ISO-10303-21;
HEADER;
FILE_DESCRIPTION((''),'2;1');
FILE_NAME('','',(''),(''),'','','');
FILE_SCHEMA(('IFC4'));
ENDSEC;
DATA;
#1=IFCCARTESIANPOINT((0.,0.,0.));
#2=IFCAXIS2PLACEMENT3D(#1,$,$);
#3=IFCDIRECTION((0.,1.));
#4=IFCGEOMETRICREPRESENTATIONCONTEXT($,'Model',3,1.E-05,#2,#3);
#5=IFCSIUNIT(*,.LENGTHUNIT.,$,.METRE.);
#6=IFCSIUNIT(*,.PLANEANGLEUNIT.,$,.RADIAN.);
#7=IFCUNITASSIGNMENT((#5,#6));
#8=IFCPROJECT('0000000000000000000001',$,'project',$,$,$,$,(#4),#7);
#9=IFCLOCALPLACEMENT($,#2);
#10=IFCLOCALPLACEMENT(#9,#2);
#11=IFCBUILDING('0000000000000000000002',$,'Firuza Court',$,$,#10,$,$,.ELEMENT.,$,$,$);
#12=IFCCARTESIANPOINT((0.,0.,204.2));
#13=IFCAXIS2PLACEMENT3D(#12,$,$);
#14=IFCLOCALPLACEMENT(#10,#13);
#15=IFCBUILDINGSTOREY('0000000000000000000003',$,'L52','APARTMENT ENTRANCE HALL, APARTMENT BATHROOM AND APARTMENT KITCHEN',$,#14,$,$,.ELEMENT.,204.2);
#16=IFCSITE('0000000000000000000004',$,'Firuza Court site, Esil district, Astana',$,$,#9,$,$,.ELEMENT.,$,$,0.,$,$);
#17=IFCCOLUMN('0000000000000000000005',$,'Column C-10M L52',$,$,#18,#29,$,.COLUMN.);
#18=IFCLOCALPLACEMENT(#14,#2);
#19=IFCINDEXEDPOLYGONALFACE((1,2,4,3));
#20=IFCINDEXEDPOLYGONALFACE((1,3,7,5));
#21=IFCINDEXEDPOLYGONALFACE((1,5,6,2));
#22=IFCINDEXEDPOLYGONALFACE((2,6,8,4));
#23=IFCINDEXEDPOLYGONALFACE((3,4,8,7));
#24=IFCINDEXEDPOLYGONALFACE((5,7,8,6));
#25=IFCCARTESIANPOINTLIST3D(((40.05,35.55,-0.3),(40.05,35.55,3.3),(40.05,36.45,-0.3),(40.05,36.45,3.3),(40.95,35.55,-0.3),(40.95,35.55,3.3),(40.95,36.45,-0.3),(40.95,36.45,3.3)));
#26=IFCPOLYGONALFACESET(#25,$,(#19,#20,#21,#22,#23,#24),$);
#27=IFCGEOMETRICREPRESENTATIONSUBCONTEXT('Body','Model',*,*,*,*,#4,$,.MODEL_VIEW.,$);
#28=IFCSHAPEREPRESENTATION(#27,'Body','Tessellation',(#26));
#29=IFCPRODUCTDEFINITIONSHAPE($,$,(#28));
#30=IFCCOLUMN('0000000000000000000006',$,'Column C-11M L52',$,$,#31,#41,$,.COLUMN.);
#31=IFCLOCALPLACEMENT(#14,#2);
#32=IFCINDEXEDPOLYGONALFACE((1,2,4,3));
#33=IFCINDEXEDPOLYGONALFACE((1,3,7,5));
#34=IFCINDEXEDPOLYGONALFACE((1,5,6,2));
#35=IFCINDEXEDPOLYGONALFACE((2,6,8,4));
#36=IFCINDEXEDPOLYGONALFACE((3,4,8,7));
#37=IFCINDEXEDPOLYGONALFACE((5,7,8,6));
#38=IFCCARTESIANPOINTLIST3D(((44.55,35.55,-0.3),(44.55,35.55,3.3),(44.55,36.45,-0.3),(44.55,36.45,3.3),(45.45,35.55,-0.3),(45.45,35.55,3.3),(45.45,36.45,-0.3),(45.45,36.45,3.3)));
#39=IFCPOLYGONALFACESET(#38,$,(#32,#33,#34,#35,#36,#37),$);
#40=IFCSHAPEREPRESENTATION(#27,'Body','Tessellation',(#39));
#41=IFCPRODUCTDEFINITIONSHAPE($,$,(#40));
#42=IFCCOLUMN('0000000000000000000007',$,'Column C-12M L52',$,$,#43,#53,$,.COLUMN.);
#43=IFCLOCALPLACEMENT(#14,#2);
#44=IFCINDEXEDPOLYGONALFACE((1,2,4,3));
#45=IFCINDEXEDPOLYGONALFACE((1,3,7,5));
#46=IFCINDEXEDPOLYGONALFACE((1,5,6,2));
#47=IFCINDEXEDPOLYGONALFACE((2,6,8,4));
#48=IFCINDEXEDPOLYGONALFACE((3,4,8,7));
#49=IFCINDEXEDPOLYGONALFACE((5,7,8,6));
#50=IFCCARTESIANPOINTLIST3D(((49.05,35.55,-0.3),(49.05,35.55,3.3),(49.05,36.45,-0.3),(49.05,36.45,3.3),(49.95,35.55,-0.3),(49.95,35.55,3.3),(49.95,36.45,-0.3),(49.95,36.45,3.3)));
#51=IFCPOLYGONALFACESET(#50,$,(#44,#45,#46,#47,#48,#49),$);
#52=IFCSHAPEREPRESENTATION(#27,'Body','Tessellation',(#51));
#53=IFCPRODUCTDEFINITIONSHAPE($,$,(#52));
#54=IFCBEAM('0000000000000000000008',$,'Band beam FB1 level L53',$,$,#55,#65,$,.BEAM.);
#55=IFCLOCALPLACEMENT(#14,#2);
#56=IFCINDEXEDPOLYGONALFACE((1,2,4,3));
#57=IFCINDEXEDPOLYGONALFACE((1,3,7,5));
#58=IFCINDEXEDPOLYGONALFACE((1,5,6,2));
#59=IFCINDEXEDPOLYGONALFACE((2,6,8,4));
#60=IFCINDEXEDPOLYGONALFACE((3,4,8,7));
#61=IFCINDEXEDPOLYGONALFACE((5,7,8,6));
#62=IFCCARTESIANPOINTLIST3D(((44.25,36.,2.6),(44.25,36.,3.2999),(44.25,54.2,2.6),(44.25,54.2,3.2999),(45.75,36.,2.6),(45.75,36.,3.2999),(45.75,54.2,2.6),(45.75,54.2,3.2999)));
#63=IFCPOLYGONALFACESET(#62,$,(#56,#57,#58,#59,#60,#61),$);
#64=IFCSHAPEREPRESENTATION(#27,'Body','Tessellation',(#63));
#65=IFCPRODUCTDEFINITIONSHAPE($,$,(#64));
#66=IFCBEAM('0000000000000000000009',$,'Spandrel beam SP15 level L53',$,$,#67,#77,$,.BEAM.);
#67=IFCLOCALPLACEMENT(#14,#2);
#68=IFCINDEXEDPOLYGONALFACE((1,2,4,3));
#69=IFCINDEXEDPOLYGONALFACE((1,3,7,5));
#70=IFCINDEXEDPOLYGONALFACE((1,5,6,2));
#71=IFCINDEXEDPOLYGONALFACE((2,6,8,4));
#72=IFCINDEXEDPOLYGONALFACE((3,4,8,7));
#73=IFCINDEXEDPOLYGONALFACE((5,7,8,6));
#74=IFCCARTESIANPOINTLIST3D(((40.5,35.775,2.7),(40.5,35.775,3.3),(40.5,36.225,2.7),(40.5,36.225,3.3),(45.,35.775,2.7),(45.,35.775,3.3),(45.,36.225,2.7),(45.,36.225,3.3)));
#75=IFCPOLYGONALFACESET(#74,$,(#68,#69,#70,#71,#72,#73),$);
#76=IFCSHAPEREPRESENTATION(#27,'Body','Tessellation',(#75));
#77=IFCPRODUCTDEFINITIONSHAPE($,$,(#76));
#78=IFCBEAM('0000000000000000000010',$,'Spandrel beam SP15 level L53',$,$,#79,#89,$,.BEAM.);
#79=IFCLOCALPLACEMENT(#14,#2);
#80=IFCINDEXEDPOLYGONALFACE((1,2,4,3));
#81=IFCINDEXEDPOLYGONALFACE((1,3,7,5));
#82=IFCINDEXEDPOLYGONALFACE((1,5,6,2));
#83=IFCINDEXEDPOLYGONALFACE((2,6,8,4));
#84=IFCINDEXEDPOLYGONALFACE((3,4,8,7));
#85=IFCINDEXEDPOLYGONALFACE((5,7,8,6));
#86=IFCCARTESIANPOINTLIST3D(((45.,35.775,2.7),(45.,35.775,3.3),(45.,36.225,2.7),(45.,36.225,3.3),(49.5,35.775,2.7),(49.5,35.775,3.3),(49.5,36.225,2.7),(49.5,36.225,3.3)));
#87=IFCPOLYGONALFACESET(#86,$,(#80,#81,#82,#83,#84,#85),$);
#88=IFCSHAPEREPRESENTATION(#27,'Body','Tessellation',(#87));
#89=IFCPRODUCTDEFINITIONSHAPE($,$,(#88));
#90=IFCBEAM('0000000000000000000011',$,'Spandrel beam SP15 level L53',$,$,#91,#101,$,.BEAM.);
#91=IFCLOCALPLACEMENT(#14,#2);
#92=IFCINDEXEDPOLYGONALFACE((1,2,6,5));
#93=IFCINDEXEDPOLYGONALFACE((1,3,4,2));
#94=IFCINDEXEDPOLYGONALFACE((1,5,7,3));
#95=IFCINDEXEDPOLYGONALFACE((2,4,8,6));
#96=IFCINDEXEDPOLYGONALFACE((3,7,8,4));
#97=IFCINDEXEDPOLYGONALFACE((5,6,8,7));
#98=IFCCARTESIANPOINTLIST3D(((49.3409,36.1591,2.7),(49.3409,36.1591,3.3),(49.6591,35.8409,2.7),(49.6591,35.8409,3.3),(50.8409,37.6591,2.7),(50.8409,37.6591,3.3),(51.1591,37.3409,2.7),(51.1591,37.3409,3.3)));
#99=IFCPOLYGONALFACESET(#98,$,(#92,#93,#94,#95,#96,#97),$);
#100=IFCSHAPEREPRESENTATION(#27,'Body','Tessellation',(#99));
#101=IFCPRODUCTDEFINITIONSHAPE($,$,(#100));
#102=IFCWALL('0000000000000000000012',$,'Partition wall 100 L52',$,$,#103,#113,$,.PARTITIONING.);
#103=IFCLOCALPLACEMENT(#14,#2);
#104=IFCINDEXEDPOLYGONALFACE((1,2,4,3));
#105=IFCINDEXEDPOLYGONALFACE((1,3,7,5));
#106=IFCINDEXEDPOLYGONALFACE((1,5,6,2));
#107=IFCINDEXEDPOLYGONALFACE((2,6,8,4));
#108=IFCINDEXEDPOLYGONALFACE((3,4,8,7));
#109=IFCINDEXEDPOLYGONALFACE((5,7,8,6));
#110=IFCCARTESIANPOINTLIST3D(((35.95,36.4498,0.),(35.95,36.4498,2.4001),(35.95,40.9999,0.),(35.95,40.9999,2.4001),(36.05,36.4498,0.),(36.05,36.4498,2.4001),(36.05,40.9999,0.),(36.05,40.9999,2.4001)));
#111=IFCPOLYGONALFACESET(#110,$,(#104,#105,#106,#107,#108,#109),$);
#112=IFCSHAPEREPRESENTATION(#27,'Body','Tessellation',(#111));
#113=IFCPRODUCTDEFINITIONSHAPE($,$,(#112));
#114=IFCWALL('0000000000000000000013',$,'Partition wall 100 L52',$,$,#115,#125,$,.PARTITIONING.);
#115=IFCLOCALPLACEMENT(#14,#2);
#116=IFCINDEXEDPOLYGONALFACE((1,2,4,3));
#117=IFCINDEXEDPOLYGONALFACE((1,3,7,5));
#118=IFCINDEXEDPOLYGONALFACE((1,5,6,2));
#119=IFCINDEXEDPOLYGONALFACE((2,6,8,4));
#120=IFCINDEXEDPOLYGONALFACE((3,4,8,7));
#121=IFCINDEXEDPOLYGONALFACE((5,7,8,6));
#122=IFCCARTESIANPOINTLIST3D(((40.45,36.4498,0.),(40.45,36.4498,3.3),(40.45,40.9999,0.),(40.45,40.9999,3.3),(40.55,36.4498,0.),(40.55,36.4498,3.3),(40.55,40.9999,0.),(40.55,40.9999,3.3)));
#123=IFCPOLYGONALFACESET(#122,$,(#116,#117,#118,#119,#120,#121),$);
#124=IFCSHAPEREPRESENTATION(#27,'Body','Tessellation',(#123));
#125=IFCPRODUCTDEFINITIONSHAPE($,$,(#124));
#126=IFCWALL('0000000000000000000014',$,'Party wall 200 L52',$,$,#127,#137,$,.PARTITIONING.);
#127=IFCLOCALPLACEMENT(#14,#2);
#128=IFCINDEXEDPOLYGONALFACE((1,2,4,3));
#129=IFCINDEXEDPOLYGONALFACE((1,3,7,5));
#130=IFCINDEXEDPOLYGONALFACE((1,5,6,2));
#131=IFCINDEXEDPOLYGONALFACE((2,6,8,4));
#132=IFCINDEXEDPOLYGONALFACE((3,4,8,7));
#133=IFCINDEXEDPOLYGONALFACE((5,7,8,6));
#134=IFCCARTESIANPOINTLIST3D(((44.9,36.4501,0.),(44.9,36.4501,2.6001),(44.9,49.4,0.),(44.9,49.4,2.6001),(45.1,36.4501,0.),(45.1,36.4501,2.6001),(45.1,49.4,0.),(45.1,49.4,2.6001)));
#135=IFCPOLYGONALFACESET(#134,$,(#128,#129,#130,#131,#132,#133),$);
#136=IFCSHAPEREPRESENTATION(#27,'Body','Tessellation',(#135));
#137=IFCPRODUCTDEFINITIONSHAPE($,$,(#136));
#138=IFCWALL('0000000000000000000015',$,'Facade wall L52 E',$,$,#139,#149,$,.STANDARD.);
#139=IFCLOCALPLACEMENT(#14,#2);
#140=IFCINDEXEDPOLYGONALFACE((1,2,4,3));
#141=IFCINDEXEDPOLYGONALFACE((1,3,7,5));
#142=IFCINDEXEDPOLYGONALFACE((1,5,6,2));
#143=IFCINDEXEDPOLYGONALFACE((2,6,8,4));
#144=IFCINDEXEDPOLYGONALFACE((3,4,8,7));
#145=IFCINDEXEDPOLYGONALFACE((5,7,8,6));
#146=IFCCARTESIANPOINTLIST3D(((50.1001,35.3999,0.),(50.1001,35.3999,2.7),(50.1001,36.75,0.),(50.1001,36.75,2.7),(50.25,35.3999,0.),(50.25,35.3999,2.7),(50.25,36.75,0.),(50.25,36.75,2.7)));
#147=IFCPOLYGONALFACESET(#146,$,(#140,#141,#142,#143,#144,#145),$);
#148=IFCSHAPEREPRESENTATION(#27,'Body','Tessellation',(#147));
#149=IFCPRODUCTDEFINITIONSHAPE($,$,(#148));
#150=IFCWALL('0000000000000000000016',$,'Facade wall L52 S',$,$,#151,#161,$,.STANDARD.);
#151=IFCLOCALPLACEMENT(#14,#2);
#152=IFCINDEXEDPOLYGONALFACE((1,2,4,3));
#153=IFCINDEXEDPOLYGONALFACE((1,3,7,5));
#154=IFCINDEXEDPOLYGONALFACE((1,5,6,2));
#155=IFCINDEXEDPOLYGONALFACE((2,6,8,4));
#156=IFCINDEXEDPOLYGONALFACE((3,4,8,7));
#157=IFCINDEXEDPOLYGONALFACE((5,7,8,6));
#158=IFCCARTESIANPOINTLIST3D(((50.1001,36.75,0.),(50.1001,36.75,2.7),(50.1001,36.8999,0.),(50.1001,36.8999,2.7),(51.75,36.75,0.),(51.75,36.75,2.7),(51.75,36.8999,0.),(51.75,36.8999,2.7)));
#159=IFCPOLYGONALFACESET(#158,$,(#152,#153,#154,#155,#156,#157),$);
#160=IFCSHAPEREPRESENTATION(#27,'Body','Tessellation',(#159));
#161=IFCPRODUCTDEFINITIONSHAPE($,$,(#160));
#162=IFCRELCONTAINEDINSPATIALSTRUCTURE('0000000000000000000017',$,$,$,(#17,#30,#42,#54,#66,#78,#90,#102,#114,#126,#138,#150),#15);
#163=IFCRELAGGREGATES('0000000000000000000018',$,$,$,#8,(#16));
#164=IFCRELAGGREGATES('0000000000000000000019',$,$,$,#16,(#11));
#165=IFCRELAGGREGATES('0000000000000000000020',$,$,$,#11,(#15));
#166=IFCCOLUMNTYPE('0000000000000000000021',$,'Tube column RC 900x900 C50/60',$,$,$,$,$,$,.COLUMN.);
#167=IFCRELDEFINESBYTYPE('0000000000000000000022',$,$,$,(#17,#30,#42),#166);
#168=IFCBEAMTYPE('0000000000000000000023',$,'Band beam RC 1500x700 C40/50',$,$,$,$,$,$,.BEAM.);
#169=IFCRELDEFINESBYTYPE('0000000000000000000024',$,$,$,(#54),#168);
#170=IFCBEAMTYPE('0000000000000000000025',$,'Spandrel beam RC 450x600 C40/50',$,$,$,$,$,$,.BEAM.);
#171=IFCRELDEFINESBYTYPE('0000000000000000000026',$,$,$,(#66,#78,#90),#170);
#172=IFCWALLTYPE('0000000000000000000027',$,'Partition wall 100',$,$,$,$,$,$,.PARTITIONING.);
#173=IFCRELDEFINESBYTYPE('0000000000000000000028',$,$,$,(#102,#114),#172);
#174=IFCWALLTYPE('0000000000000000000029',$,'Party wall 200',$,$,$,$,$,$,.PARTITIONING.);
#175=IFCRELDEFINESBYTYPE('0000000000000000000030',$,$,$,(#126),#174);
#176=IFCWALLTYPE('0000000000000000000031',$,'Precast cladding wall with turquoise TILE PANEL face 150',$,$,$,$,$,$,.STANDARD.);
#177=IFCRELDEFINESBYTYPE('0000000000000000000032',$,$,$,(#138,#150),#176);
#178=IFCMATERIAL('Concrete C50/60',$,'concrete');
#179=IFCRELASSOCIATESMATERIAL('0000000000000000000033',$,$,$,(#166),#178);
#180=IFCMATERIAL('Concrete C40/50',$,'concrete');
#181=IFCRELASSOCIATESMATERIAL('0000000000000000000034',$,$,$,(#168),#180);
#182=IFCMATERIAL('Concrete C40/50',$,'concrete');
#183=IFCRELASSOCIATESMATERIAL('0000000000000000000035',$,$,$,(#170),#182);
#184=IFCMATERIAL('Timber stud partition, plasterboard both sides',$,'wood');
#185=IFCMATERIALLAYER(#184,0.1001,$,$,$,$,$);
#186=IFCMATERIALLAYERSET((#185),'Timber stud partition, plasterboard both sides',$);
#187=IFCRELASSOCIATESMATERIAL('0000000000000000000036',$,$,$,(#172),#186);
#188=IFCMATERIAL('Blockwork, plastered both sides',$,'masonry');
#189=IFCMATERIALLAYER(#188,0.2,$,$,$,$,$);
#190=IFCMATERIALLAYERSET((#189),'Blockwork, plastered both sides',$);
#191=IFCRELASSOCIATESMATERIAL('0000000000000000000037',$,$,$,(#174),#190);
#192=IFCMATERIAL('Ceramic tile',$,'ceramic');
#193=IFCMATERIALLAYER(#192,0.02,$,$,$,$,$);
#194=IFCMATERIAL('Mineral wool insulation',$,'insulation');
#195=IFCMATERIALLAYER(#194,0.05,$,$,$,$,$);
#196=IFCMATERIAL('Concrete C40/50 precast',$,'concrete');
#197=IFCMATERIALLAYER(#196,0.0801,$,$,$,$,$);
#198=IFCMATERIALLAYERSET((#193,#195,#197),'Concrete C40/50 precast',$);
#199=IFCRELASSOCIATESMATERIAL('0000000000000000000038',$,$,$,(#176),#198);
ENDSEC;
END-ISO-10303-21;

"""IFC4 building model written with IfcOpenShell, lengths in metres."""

from ifc_helpers import new_model, si_unit, direction, frame, frame_2d, origin, origin_2d, place, context, subcontext, project, spatial, rectangle, extrude, material, layer, layer_set, material_profile, profile_set, type_object, element, save


model = new_model("IFC4")

# Units and contexts
model_context = context("Model", 3, precision=1e-05, world=origin(), true_north=direction((0.0, 1.0)))
body_context = subcontext(model_context, "Body", "Model", "MODEL_VIEW")
ifc_project = project(units=[si_unit("LENGTHUNIT", "METRE"), si_unit("PLANEANGLEUNIT", "RADIAN")], contexts=[model_context])

# Site, building, storey
site_placement = place(None, origin())
site = spatial("IfcSite", under=ifc_project, at=site_placement, Name="Firuza Court site, Esil district, Astana", CompositionType="ELEMENT", RefElevation=0.0)
building_placement = place(site_placement, origin())
building = spatial("IfcBuilding", under=site, at=building_placement, Name="Firuza Court", CompositionType="ELEMENT")
storey_placement = place(building_placement, frame((0.0, 0.0, 204.2)))
storey = spatial("IfcBuildingStorey", under=building, at=storey_placement, Name="L52", Description="APARTMENT ENTRANCE HALL, APARTMENT BATHROOM AND APARTMENT KITCHEN", CompositionType="ELEMENT", Elevation=204.2)

# Columns
ifc_material_1 = material(Name="Concrete C50/60", Category="concrete")
ifc_material_profile_1 = material_profile(ifc_material_1, rectangle(XDim=0.8999, YDim=0.8999, at=origin_2d()), Name="RC 900x900")
ifc_profile_set_1 = profile_set([ifc_material_profile_1], Name="Concrete C50/60")
column_type = type_object("IfcColumnType", Name="Tube column RC 900x900 C50/60", PredefinedType="COLUMN", material=ifc_profile_set_1)
for number, where, z_axis, x_axis, name in (
    (1, (40.5, 36.0, -0.3), (0.0, 0.0, 1.0), (1.0, 0.0, 0.0), "Column C-10M L52"),
    (2, (45.0, 36.0, -0.3), (0.0, 0.0, 1.0), (1.0, 0.0, 0.0), "Column C-11M L52"),
    (3, (49.5, 36.0, -0.3), (0.0, 0.0, 1.0), (1.0, 0.0, 0.0), "Column C-12M L52"),
):
    element("IfcColumn", number, at=place(storey_placement, frame(where, z_axis=z_axis, x_axis=x_axis)), inside=storey, type_object=column_type, Name=name, PredefinedType="COLUMN", context=body_context, shape_type="SweptSolid", body=[
        extrude(rectangle(XDim=0.8999, YDim=0.8999, at=origin_2d()), origin(), (0.0, 0.0, 1.0), 3.6001),
    ])

# Beams
ifc_material_2 = material(Name="Concrete C40/50", Category="concrete")
ifc_material_profile_2 = material_profile(ifc_material_2, rectangle(XDim=1.5, YDim=0.7, at=origin_2d()), Name="RC 1500x700")
ifc_profile_set_2 = profile_set([ifc_material_profile_2], Name="Concrete C40/50")
beam_type_1 = type_object("IfcBeamType", Name="Band beam RC 1500x700 C40/50", PredefinedType="BEAM", material=ifc_profile_set_2)
beam_1_placement = place(storey_placement, frame((45.0, 36.0, 2.95), z_axis=(0.0, 1.0, 0.0), x_axis=(-1.0, 0.0, 0.0)))
element("IfcBeam", 4, at=beam_1_placement, inside=storey, type_object=beam_type_1, Name="Band beam FB1 level L53", PredefinedType="BEAM", context=body_context, shape_type="SweptSolid", body=[
    extrude(rectangle(XDim=1.5, YDim=0.7, at=origin_2d()), origin(), (0.0, 0.0, 1.0), 18.2),
])
ifc_material_3 = material(Name="Concrete C40/50", Category="concrete")
ifc_material_profile_3 = material_profile(ifc_material_3, rectangle(XDim=0.45, YDim=0.6001, at=origin_2d()), Name="RC 450x600")
ifc_profile_set_3 = profile_set([ifc_material_profile_3], Name="Concrete C40/50")
beam_type_2 = type_object("IfcBeamType", Name="Spandrel beam RC 450x600 C40/50", PredefinedType="BEAM", material=ifc_profile_set_3)
for number, where, z_axis, x_axis, name in (
    (5, (40.5, 36.0, 3.0), (1.0, 0.0, 0.0), (0.0, 1.0, 0.0), "Spandrel beam SP15 level L53"),
    (6, (45.0, 36.0, 3.0), (1.0, 0.0, 0.0), (0.0, 1.0, 0.0), "Spandrel beam SP15 level L53"),
):
    element("IfcBeam", number, at=place(storey_placement, frame(where, z_axis=z_axis, x_axis=x_axis)), inside=storey, type_object=beam_type_2, Name=name, PredefinedType="BEAM", context=body_context, shape_type="SweptSolid", body=[
        extrude(rectangle(XDim=0.45, YDim=0.6001, at=origin_2d()), origin(), (0.0, 0.0, 1.0), 4.5),
    ])
beam_2_placement = place(storey_placement, frame((49.5, 36.0, 3.0), z_axis=(0.707107, 0.707107, 0.0), x_axis=(-0.707107, 0.707107, 0.0)))
element("IfcBeam", 7, at=beam_2_placement, inside=storey, type_object=beam_type_2, Name="Spandrel beam SP15 level L53", PredefinedType="BEAM", context=body_context, shape_type="SweptSolid", body=[
    extrude(rectangle(XDim=0.45, YDim=0.6001, at=origin_2d()), origin(), (0.0, 0.0, 1.0), 2.1213),
])

# Walls
ifc_material_4 = material(Name="Timber stud partition, plasterboard both sides", Category="wood")
ifc_layer_1 = layer(ifc_material_4, 0.1001)
ifc_layer_set_1 = layer_set([ifc_layer_1], Name="Timber stud partition, plasterboard both sides")
wall_type_1 = type_object("IfcWallType", Name="Partition wall 100", PredefinedType="PARTITIONING", material=ifc_layer_set_1)
wall_1_placement = place(storey_placement, frame((36.0, 36.45, 0.0), z_axis=(0.0, 0.0, 1.0), x_axis=(0.0, 1.0, 0.0)))
element("IfcWall", 8, at=wall_1_placement, inside=storey, type_object=wall_type_1, Name="Partition wall 100 L52", PredefinedType="PARTITIONING", context=body_context, shape_type="SweptSolid", body=[
    extrude(rectangle(XDim=4.55, YDim=0.1001, at=frame_2d((2.2749, 0.0))), origin(), (0.0, 0.0, 1.0), 2.4001),
])
wall_2_placement = place(storey_placement, frame((40.5, 36.45, 0.0), z_axis=(0.0, 0.0, 1.0), x_axis=(0.0, 1.0, 0.0)))
element("IfcWall", 9, at=wall_2_placement, inside=storey, type_object=wall_type_1, Name="Partition wall 100 L52", PredefinedType="PARTITIONING", context=body_context, shape_type="SweptSolid", body=[
    extrude(rectangle(XDim=4.55, YDim=0.1001, at=frame_2d((2.2749, 0.0))), origin(), (0.0, 0.0, 1.0), 3.3),
])
ifc_material_5 = material(Name="Blockwork, plastered both sides", Category="masonry")
ifc_layer_2 = layer(ifc_material_5, 0.2)
ifc_layer_set_2 = layer_set([ifc_layer_2], Name="Blockwork, plastered both sides")
wall_type_2 = type_object("IfcWallType", Name="Party wall 200", PredefinedType="PARTITIONING", material=ifc_layer_set_2)
wall_3_placement = place(storey_placement, frame((45.0, 36.45, 0.0), z_axis=(0.0, 0.0, 1.0), x_axis=(0.0, 1.0, 0.0)))
element("IfcWall", 10, at=wall_3_placement, inside=storey, type_object=wall_type_2, Name="Party wall 200 L52", PredefinedType="PARTITIONING", context=body_context, shape_type="SweptSolid", body=[
    extrude(rectangle(XDim=12.95, YDim=0.2, at=frame_2d((6.4751, 0.0))), origin(), (0.0, 0.0, 1.0), 2.6001),
])
ifc_material_6 = material(Name="Ceramic tile", Category="ceramic")
ifc_layer_3 = layer(ifc_material_6, 0.02)
ifc_material_7 = material(Name="Mineral wool insulation", Category="insulation")
ifc_layer_4 = layer(ifc_material_7, 0.05)
ifc_material_8 = material(Name="Concrete C40/50 precast", Category="concrete")
ifc_layer_5 = layer(ifc_material_8, 0.0801)
ifc_layer_set_3 = layer_set([ifc_layer_3, ifc_layer_4, ifc_layer_5], Name="Concrete C40/50 precast")
wall_type_3 = type_object("IfcWallType", Name="Precast cladding wall with turquoise TILE PANEL face 150", PredefinedType="STANDARD", material=ifc_layer_set_3)
wall_4_placement = place(storey_placement, frame((50.175, 35.3999, 0.0), z_axis=(0.0, 0.0, 1.0), x_axis=(0.0, 1.0, 0.0)))
element("IfcWall", 11, at=wall_4_placement, inside=storey, type_object=wall_type_3, Name="Facade wall L52 E", PredefinedType="STANDARD", context=body_context, shape_type="SweptSolid", body=[
    extrude(rectangle(XDim=1.3501, YDim=0.1499, at=frame_2d((0.675, 0.0))), origin(), (0.0, 0.0, 1.0), 2.7),
])
wall_5_placement = place(storey_placement, frame((50.1001, 36.825, 0.0), z_axis=(0.0, 0.0, 1.0), x_axis=(1.0, 0.0, 0.0)))
element("IfcWall", 12, at=wall_5_placement, inside=storey, type_object=wall_type_3, Name="Facade wall L52 S", PredefinedType="STANDARD", context=body_context, shape_type="SweptSolid", body=[
    extrude(rectangle(XDim=1.6499, YDim=0.1499, at=frame_2d((0.825, 0.0))), origin(), (0.0, 0.0, 1.0), 2.7),
])

save(model, "model.ifc")
